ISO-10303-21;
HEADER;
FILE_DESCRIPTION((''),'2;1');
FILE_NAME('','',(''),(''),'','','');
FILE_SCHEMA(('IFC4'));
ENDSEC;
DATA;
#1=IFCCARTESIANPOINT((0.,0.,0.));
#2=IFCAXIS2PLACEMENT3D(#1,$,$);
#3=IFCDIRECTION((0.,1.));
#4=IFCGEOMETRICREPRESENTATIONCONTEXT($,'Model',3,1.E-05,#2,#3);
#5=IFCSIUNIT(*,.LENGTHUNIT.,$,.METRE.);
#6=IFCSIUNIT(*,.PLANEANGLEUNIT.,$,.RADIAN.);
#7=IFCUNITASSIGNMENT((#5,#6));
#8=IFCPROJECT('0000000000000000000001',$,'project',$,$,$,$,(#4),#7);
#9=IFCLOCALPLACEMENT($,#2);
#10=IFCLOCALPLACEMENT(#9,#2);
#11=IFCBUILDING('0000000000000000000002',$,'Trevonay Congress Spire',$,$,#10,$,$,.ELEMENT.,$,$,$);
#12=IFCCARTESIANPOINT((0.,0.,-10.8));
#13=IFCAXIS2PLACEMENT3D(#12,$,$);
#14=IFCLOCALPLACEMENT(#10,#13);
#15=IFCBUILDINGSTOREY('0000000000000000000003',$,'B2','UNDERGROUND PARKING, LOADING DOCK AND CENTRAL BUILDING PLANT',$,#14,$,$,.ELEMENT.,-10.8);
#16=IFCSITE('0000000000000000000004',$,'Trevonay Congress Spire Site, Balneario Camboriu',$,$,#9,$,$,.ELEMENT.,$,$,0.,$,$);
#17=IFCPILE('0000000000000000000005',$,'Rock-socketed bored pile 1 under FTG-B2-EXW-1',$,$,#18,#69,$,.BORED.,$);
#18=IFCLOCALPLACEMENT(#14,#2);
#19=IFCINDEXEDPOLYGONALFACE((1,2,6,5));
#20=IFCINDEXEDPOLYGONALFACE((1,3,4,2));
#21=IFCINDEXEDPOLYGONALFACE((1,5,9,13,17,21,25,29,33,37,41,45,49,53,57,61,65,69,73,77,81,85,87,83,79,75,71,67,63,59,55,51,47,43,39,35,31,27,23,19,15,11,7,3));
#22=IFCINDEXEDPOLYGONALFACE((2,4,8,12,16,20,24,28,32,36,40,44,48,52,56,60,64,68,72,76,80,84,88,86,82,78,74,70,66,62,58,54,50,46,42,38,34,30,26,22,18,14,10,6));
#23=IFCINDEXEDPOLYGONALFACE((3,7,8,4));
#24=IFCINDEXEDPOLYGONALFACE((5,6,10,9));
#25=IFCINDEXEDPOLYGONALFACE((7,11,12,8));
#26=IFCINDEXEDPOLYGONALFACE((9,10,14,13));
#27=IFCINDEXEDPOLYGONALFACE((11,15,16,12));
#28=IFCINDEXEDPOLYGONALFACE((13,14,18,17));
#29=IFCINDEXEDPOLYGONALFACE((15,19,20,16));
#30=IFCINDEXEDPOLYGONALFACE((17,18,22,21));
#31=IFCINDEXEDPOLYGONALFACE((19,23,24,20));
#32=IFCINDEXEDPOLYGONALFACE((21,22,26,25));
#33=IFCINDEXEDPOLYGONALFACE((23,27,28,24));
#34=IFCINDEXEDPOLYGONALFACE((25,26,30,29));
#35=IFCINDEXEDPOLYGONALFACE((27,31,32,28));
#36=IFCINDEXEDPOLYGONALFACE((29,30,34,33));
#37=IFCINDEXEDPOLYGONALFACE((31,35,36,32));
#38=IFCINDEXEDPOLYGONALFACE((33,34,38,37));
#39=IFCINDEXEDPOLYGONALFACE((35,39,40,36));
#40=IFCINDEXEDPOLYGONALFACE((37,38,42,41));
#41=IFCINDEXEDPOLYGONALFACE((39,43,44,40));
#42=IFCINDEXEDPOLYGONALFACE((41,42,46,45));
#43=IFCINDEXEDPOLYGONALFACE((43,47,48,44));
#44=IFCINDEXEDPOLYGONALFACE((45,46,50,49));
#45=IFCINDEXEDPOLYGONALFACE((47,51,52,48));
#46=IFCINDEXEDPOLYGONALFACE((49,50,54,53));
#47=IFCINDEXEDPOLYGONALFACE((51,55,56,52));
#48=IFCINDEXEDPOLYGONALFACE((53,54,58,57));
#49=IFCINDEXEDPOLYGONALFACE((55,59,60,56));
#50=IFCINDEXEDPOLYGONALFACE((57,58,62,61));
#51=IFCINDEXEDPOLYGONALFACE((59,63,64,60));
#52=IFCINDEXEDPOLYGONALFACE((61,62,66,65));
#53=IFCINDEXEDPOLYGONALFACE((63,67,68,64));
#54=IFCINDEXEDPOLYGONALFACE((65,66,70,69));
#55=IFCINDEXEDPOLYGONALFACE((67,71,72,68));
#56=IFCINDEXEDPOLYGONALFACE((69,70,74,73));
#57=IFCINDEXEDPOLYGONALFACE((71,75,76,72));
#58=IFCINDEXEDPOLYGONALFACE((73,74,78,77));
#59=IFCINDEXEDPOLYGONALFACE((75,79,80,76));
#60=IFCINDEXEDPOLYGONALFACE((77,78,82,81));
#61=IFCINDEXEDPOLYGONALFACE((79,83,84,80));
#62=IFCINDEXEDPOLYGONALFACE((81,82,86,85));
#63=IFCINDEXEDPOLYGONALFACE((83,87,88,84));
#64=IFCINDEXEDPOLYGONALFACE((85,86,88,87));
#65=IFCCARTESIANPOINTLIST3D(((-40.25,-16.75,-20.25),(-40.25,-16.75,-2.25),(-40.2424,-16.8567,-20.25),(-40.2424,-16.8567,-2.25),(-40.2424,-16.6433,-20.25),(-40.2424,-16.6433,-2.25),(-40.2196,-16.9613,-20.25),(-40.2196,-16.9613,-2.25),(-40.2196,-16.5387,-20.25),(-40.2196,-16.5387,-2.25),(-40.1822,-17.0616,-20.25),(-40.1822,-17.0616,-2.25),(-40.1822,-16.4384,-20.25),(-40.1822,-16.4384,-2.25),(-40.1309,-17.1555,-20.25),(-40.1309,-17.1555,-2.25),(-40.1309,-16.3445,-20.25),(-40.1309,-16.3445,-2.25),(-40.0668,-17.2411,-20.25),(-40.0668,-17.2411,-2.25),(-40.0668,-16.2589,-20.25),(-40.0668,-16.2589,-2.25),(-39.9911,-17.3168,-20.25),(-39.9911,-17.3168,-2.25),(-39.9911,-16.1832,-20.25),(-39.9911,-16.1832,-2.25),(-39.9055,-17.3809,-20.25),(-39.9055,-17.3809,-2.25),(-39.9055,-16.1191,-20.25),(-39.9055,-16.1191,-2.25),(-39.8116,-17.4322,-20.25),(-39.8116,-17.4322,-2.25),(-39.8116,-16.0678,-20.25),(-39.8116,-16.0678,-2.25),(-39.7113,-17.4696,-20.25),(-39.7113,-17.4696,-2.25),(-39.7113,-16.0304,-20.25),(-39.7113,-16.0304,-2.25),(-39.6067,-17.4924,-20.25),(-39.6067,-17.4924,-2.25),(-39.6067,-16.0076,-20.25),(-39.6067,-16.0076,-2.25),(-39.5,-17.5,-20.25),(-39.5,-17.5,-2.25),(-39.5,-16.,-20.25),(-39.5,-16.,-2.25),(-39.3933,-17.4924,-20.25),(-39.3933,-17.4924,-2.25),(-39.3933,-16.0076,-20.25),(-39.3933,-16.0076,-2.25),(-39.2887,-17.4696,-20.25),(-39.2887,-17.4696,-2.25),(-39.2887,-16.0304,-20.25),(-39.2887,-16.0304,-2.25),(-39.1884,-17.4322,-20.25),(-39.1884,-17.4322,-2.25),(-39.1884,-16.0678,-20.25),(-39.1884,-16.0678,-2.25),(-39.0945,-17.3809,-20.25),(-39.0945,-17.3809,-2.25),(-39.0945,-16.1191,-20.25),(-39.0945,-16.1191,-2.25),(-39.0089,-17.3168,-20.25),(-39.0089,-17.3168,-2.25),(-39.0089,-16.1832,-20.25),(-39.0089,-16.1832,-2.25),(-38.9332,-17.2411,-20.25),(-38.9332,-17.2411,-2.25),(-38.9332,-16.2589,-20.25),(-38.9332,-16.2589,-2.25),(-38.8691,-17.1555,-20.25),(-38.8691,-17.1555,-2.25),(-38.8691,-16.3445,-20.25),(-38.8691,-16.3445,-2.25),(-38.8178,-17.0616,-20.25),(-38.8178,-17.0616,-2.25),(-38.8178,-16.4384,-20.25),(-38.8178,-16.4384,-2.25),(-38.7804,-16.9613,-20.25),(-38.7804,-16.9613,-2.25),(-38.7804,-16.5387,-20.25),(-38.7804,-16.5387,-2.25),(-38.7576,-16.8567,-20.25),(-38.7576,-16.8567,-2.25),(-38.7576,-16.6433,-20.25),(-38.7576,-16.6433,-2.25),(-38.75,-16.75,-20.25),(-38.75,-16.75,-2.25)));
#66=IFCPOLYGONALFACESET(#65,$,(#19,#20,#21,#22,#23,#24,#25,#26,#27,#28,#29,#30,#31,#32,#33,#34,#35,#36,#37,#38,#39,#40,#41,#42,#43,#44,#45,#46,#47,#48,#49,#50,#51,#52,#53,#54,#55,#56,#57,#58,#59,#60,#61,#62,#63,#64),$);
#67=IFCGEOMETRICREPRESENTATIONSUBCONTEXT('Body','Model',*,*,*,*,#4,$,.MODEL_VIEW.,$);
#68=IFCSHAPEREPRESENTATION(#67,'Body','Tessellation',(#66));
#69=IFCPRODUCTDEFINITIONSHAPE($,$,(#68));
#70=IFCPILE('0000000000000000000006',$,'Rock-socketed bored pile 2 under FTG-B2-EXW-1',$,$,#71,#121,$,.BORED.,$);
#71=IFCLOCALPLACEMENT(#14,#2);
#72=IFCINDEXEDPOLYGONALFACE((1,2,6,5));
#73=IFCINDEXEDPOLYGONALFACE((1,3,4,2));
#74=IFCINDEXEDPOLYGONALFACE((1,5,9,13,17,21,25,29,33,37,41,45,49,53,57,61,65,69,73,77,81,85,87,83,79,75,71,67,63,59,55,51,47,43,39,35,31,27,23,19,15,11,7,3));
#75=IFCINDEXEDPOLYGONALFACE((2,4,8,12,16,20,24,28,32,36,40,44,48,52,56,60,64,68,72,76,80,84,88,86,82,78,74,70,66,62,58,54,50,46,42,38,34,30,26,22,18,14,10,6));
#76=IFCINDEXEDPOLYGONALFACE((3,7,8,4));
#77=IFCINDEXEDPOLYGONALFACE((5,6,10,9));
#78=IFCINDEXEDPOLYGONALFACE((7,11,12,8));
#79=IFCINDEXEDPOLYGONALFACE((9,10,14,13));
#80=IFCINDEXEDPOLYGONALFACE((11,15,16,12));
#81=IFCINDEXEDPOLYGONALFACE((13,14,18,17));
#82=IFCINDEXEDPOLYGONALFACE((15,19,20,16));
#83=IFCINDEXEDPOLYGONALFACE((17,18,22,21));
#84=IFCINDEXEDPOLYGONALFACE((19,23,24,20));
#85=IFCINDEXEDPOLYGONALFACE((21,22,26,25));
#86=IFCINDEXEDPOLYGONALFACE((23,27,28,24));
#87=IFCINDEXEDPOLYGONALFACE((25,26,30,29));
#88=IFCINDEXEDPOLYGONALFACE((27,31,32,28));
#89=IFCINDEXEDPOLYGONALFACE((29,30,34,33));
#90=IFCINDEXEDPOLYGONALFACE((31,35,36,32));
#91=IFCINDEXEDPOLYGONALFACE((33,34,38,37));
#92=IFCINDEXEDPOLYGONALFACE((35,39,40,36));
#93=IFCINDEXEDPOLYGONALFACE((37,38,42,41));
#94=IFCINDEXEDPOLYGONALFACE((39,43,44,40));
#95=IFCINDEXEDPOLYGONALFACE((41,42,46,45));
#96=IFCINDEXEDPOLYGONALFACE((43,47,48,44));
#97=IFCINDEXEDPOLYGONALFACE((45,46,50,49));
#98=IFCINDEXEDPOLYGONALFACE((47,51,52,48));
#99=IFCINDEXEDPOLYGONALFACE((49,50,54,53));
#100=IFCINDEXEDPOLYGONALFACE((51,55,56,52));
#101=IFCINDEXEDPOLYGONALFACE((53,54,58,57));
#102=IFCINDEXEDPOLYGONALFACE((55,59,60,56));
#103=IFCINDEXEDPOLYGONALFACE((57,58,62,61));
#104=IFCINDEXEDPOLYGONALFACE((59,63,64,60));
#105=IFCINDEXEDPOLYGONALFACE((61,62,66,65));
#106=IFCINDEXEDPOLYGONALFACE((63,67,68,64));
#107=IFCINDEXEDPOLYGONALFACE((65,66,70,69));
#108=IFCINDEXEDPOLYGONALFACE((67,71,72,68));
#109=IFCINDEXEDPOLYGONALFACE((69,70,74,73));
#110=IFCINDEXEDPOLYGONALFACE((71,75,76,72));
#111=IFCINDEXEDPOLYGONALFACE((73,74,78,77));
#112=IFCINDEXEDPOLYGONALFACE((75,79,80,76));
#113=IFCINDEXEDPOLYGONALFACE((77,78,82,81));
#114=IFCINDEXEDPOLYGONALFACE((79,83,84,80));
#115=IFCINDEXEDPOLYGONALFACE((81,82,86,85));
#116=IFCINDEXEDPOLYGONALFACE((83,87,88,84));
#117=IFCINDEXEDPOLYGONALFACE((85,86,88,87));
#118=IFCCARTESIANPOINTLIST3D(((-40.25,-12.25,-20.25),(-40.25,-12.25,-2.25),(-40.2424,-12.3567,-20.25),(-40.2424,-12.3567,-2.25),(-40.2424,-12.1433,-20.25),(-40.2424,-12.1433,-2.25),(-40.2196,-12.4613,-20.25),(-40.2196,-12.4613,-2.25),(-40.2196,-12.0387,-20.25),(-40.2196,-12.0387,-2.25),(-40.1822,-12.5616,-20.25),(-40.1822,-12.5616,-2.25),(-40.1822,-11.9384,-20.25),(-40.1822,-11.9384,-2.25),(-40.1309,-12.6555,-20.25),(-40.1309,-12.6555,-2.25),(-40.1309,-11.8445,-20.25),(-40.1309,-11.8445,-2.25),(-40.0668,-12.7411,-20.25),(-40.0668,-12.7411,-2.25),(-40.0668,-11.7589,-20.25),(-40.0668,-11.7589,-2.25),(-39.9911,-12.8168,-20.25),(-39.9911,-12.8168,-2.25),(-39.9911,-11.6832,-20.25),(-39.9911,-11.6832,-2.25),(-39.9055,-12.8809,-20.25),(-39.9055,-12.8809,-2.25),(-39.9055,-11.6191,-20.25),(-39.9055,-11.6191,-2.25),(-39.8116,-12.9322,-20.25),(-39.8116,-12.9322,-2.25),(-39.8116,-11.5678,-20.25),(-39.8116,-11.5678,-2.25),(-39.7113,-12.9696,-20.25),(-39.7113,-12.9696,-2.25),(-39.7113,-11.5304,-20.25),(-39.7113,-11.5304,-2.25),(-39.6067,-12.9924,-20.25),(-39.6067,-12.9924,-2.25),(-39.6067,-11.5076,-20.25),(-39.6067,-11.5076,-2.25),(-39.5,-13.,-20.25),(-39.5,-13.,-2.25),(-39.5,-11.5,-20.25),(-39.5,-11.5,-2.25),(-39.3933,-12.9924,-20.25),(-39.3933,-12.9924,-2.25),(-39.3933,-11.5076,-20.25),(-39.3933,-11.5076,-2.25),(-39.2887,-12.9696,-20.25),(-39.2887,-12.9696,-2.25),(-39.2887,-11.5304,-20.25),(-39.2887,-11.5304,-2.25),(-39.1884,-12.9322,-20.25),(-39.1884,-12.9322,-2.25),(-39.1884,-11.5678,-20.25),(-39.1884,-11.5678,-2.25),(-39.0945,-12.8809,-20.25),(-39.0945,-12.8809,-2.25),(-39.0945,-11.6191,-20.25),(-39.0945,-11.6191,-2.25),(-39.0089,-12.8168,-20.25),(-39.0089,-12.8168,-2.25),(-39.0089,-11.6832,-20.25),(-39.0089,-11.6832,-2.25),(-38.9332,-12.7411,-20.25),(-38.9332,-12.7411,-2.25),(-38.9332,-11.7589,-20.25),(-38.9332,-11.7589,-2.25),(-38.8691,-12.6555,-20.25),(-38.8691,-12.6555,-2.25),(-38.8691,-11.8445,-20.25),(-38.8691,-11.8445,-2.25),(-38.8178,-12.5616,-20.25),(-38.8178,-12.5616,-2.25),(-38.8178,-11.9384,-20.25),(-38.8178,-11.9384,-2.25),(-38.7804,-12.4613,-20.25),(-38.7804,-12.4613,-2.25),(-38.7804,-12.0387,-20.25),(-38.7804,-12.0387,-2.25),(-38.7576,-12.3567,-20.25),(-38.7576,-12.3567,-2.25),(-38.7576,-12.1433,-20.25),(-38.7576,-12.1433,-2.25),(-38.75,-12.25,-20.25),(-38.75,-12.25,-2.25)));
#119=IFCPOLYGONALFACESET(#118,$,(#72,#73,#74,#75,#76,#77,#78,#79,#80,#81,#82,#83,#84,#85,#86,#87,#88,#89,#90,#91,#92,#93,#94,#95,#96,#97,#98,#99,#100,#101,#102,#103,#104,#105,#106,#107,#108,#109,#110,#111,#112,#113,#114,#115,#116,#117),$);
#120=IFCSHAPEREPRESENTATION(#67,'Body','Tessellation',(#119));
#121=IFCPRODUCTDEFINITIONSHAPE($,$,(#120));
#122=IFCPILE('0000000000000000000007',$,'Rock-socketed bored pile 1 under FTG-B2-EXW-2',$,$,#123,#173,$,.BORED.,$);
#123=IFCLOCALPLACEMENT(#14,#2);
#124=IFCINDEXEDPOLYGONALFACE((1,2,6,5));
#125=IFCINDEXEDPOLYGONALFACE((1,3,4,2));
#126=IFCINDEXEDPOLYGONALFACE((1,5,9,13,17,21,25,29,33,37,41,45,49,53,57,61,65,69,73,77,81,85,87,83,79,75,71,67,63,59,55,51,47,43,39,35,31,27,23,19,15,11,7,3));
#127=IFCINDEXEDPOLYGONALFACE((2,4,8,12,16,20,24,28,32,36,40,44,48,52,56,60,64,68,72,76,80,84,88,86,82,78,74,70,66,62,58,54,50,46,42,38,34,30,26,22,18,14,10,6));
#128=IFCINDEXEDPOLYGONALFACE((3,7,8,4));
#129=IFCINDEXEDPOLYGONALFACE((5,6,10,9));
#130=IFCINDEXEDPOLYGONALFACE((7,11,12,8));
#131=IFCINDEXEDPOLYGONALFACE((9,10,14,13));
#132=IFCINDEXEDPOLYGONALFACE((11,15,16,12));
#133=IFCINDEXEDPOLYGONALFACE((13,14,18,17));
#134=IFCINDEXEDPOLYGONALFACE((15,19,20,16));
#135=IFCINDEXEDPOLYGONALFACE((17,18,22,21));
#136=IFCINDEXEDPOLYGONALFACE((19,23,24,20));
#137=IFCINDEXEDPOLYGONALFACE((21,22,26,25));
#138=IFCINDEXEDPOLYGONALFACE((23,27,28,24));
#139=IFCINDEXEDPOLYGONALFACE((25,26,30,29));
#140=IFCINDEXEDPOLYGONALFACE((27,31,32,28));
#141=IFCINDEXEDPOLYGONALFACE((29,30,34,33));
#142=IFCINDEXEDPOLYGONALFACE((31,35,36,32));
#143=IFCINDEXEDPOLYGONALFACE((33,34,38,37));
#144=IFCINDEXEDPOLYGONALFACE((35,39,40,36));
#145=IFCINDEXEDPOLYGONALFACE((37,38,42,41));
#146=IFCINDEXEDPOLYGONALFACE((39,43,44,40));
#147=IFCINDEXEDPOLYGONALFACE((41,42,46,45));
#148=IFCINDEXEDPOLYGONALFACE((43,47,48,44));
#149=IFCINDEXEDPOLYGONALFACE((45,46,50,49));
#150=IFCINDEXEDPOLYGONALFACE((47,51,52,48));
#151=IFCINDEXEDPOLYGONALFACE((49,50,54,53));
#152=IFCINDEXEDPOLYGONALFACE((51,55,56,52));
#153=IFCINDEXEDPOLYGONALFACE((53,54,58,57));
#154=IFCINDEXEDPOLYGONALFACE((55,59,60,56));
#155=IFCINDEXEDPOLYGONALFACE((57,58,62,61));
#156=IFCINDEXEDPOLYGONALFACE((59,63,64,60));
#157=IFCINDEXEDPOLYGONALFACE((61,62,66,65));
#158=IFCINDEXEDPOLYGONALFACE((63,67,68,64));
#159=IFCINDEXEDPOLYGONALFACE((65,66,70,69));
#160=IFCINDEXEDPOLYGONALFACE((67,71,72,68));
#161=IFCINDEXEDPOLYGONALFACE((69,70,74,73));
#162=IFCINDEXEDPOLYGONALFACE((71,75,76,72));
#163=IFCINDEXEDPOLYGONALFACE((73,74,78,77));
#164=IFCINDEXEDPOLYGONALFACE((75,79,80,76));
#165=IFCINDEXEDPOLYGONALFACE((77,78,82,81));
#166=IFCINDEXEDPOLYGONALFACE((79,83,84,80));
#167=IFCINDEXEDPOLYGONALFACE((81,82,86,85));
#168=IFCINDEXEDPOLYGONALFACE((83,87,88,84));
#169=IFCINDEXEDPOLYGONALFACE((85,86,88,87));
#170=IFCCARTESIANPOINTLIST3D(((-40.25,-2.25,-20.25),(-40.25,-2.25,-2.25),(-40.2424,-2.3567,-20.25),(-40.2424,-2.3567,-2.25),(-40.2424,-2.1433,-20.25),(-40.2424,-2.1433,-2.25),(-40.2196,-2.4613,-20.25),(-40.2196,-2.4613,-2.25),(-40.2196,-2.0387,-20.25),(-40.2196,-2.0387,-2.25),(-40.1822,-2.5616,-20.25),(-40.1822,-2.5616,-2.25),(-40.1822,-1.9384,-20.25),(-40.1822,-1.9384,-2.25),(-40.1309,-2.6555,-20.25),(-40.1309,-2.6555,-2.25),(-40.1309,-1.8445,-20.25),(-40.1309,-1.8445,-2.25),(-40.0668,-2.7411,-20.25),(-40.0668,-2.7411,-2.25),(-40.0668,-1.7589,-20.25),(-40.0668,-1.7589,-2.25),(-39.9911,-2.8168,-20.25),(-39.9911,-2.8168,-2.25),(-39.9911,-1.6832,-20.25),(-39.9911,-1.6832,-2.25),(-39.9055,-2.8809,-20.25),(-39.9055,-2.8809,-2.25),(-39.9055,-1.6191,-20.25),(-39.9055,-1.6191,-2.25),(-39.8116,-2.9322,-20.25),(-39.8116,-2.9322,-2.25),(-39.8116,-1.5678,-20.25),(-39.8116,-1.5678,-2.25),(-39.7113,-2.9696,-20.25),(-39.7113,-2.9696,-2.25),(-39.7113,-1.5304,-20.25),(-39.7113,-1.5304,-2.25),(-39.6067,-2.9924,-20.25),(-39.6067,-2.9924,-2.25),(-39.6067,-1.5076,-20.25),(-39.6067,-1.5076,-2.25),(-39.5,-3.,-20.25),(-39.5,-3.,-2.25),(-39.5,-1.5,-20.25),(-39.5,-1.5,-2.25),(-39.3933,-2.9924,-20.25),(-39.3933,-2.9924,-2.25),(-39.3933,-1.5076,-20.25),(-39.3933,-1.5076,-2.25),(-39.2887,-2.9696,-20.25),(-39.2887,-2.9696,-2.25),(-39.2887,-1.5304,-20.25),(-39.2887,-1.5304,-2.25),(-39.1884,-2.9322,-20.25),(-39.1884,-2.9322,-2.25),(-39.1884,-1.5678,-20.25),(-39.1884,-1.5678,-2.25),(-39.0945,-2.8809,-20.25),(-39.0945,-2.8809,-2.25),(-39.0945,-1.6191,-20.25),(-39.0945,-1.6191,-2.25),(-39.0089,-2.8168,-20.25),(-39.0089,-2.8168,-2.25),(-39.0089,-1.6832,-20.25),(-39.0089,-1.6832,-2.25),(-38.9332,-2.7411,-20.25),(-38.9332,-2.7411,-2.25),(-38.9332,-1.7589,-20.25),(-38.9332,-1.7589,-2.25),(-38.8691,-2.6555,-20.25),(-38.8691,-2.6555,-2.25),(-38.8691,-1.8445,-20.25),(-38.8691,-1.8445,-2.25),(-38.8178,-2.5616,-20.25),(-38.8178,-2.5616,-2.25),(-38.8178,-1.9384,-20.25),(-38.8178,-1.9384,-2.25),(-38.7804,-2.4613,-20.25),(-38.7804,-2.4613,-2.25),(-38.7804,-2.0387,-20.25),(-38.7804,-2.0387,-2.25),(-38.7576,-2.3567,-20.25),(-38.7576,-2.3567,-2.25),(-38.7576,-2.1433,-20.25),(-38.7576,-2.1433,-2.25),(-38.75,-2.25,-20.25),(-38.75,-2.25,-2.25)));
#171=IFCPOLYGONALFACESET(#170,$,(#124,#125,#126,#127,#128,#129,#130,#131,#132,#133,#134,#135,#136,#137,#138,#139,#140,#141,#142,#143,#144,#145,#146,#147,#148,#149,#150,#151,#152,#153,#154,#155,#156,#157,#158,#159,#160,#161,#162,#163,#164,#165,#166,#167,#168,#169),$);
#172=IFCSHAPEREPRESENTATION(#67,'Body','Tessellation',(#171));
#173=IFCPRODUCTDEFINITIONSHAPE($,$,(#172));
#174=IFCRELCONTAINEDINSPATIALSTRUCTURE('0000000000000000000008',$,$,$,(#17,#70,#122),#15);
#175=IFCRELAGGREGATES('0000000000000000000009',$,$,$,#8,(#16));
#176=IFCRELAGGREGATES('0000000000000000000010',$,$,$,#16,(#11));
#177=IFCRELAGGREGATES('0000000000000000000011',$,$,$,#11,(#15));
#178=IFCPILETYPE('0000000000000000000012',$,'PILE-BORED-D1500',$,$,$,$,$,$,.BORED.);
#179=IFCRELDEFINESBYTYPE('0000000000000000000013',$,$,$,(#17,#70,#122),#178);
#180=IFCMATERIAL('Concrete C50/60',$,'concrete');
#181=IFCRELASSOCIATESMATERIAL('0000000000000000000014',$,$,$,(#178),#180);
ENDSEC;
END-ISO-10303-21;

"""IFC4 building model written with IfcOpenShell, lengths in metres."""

from ifc_helpers import new_model, si_unit, direction, frame, origin, origin_2d, place, context, subcontext, project, spatial, circle, extrude, material, material_profile, profile_set, type_object, element, save


model = new_model("IFC4")

# Units and contexts
model_context = context("Model", 3, precision=1e-05, world=origin(), true_north=direction((0.0, 1.0)))
body_context = subcontext(model_context, "Body", "Model", "MODEL_VIEW")
ifc_project = project(units=[si_unit("LENGTHUNIT", "METRE"), si_unit("PLANEANGLEUNIT", "RADIAN")], contexts=[model_context])

# Site, building, storey
site_placement = place(None, origin())
site = spatial("IfcSite", under=ifc_project, at=site_placement, Name="Trevonay Congress Spire Site, Balneario Camboriu", CompositionType="ELEMENT", RefElevation=0.0)
building_placement = place(site_placement, origin())
building = spatial("IfcBuilding", under=site, at=building_placement, Name="Trevonay Congress Spire", CompositionType="ELEMENT")
storey_placement = place(building_placement, frame((0.0, 0.0, -10.8)))
storey = spatial("IfcBuildingStorey", under=building, at=storey_placement, Name="B2", Description="UNDERGROUND PARKING, LOADING DOCK AND CENTRAL BUILDING PLANT", CompositionType="ELEMENT", Elevation=-10.8)

# Shared definitions
ifc_material_1 = material(Name="Concrete C50/60", Category="concrete")

# Piles
ifc_material_profile_1 = material_profile(ifc_material_1, circle(Radius=0.75, at=origin_2d()), Name="PILE D1500")
ifc_profile_set_1 = profile_set([ifc_material_profile_1], Name="Concrete C50/60")
pile_type = type_object("IfcPileType", Name="PILE-BORED-D1500", PredefinedType="BORED", material=ifc_profile_set_1)
for number, where, z_axis, x_axis, name in (
    (1, (-39.5, -16.75, -2.25), (0.0, 0.0, -1.0), (1.0, 0.0, 0.0), "Rock-socketed bored pile 1 under FTG-B2-EXW-1"),
    (2, (-39.5, -12.25, -2.25), (0.0, 0.0, -1.0), (1.0, 0.0, 0.0), "Rock-socketed bored pile 2 under FTG-B2-EXW-1"),
    (3, (-39.5, -2.25, -2.25), (0.0, 0.0, -1.0), (1.0, 0.0, 0.0), "Rock-socketed bored pile 1 under FTG-B2-EXW-2"),
):
    element("IfcPile", number, at=place(storey_placement, frame(where, z_axis=z_axis, x_axis=x_axis)), inside=storey, type_object=pile_type, Name=name, PredefinedType="BORED", context=body_context, shape_type="SweptSolid", body=[
        extrude(circle(Radius=0.75, at=origin_2d()), origin(), (0.0, 0.0, 1.0), 18.0),
    ])

save(model, "model.ifc")
